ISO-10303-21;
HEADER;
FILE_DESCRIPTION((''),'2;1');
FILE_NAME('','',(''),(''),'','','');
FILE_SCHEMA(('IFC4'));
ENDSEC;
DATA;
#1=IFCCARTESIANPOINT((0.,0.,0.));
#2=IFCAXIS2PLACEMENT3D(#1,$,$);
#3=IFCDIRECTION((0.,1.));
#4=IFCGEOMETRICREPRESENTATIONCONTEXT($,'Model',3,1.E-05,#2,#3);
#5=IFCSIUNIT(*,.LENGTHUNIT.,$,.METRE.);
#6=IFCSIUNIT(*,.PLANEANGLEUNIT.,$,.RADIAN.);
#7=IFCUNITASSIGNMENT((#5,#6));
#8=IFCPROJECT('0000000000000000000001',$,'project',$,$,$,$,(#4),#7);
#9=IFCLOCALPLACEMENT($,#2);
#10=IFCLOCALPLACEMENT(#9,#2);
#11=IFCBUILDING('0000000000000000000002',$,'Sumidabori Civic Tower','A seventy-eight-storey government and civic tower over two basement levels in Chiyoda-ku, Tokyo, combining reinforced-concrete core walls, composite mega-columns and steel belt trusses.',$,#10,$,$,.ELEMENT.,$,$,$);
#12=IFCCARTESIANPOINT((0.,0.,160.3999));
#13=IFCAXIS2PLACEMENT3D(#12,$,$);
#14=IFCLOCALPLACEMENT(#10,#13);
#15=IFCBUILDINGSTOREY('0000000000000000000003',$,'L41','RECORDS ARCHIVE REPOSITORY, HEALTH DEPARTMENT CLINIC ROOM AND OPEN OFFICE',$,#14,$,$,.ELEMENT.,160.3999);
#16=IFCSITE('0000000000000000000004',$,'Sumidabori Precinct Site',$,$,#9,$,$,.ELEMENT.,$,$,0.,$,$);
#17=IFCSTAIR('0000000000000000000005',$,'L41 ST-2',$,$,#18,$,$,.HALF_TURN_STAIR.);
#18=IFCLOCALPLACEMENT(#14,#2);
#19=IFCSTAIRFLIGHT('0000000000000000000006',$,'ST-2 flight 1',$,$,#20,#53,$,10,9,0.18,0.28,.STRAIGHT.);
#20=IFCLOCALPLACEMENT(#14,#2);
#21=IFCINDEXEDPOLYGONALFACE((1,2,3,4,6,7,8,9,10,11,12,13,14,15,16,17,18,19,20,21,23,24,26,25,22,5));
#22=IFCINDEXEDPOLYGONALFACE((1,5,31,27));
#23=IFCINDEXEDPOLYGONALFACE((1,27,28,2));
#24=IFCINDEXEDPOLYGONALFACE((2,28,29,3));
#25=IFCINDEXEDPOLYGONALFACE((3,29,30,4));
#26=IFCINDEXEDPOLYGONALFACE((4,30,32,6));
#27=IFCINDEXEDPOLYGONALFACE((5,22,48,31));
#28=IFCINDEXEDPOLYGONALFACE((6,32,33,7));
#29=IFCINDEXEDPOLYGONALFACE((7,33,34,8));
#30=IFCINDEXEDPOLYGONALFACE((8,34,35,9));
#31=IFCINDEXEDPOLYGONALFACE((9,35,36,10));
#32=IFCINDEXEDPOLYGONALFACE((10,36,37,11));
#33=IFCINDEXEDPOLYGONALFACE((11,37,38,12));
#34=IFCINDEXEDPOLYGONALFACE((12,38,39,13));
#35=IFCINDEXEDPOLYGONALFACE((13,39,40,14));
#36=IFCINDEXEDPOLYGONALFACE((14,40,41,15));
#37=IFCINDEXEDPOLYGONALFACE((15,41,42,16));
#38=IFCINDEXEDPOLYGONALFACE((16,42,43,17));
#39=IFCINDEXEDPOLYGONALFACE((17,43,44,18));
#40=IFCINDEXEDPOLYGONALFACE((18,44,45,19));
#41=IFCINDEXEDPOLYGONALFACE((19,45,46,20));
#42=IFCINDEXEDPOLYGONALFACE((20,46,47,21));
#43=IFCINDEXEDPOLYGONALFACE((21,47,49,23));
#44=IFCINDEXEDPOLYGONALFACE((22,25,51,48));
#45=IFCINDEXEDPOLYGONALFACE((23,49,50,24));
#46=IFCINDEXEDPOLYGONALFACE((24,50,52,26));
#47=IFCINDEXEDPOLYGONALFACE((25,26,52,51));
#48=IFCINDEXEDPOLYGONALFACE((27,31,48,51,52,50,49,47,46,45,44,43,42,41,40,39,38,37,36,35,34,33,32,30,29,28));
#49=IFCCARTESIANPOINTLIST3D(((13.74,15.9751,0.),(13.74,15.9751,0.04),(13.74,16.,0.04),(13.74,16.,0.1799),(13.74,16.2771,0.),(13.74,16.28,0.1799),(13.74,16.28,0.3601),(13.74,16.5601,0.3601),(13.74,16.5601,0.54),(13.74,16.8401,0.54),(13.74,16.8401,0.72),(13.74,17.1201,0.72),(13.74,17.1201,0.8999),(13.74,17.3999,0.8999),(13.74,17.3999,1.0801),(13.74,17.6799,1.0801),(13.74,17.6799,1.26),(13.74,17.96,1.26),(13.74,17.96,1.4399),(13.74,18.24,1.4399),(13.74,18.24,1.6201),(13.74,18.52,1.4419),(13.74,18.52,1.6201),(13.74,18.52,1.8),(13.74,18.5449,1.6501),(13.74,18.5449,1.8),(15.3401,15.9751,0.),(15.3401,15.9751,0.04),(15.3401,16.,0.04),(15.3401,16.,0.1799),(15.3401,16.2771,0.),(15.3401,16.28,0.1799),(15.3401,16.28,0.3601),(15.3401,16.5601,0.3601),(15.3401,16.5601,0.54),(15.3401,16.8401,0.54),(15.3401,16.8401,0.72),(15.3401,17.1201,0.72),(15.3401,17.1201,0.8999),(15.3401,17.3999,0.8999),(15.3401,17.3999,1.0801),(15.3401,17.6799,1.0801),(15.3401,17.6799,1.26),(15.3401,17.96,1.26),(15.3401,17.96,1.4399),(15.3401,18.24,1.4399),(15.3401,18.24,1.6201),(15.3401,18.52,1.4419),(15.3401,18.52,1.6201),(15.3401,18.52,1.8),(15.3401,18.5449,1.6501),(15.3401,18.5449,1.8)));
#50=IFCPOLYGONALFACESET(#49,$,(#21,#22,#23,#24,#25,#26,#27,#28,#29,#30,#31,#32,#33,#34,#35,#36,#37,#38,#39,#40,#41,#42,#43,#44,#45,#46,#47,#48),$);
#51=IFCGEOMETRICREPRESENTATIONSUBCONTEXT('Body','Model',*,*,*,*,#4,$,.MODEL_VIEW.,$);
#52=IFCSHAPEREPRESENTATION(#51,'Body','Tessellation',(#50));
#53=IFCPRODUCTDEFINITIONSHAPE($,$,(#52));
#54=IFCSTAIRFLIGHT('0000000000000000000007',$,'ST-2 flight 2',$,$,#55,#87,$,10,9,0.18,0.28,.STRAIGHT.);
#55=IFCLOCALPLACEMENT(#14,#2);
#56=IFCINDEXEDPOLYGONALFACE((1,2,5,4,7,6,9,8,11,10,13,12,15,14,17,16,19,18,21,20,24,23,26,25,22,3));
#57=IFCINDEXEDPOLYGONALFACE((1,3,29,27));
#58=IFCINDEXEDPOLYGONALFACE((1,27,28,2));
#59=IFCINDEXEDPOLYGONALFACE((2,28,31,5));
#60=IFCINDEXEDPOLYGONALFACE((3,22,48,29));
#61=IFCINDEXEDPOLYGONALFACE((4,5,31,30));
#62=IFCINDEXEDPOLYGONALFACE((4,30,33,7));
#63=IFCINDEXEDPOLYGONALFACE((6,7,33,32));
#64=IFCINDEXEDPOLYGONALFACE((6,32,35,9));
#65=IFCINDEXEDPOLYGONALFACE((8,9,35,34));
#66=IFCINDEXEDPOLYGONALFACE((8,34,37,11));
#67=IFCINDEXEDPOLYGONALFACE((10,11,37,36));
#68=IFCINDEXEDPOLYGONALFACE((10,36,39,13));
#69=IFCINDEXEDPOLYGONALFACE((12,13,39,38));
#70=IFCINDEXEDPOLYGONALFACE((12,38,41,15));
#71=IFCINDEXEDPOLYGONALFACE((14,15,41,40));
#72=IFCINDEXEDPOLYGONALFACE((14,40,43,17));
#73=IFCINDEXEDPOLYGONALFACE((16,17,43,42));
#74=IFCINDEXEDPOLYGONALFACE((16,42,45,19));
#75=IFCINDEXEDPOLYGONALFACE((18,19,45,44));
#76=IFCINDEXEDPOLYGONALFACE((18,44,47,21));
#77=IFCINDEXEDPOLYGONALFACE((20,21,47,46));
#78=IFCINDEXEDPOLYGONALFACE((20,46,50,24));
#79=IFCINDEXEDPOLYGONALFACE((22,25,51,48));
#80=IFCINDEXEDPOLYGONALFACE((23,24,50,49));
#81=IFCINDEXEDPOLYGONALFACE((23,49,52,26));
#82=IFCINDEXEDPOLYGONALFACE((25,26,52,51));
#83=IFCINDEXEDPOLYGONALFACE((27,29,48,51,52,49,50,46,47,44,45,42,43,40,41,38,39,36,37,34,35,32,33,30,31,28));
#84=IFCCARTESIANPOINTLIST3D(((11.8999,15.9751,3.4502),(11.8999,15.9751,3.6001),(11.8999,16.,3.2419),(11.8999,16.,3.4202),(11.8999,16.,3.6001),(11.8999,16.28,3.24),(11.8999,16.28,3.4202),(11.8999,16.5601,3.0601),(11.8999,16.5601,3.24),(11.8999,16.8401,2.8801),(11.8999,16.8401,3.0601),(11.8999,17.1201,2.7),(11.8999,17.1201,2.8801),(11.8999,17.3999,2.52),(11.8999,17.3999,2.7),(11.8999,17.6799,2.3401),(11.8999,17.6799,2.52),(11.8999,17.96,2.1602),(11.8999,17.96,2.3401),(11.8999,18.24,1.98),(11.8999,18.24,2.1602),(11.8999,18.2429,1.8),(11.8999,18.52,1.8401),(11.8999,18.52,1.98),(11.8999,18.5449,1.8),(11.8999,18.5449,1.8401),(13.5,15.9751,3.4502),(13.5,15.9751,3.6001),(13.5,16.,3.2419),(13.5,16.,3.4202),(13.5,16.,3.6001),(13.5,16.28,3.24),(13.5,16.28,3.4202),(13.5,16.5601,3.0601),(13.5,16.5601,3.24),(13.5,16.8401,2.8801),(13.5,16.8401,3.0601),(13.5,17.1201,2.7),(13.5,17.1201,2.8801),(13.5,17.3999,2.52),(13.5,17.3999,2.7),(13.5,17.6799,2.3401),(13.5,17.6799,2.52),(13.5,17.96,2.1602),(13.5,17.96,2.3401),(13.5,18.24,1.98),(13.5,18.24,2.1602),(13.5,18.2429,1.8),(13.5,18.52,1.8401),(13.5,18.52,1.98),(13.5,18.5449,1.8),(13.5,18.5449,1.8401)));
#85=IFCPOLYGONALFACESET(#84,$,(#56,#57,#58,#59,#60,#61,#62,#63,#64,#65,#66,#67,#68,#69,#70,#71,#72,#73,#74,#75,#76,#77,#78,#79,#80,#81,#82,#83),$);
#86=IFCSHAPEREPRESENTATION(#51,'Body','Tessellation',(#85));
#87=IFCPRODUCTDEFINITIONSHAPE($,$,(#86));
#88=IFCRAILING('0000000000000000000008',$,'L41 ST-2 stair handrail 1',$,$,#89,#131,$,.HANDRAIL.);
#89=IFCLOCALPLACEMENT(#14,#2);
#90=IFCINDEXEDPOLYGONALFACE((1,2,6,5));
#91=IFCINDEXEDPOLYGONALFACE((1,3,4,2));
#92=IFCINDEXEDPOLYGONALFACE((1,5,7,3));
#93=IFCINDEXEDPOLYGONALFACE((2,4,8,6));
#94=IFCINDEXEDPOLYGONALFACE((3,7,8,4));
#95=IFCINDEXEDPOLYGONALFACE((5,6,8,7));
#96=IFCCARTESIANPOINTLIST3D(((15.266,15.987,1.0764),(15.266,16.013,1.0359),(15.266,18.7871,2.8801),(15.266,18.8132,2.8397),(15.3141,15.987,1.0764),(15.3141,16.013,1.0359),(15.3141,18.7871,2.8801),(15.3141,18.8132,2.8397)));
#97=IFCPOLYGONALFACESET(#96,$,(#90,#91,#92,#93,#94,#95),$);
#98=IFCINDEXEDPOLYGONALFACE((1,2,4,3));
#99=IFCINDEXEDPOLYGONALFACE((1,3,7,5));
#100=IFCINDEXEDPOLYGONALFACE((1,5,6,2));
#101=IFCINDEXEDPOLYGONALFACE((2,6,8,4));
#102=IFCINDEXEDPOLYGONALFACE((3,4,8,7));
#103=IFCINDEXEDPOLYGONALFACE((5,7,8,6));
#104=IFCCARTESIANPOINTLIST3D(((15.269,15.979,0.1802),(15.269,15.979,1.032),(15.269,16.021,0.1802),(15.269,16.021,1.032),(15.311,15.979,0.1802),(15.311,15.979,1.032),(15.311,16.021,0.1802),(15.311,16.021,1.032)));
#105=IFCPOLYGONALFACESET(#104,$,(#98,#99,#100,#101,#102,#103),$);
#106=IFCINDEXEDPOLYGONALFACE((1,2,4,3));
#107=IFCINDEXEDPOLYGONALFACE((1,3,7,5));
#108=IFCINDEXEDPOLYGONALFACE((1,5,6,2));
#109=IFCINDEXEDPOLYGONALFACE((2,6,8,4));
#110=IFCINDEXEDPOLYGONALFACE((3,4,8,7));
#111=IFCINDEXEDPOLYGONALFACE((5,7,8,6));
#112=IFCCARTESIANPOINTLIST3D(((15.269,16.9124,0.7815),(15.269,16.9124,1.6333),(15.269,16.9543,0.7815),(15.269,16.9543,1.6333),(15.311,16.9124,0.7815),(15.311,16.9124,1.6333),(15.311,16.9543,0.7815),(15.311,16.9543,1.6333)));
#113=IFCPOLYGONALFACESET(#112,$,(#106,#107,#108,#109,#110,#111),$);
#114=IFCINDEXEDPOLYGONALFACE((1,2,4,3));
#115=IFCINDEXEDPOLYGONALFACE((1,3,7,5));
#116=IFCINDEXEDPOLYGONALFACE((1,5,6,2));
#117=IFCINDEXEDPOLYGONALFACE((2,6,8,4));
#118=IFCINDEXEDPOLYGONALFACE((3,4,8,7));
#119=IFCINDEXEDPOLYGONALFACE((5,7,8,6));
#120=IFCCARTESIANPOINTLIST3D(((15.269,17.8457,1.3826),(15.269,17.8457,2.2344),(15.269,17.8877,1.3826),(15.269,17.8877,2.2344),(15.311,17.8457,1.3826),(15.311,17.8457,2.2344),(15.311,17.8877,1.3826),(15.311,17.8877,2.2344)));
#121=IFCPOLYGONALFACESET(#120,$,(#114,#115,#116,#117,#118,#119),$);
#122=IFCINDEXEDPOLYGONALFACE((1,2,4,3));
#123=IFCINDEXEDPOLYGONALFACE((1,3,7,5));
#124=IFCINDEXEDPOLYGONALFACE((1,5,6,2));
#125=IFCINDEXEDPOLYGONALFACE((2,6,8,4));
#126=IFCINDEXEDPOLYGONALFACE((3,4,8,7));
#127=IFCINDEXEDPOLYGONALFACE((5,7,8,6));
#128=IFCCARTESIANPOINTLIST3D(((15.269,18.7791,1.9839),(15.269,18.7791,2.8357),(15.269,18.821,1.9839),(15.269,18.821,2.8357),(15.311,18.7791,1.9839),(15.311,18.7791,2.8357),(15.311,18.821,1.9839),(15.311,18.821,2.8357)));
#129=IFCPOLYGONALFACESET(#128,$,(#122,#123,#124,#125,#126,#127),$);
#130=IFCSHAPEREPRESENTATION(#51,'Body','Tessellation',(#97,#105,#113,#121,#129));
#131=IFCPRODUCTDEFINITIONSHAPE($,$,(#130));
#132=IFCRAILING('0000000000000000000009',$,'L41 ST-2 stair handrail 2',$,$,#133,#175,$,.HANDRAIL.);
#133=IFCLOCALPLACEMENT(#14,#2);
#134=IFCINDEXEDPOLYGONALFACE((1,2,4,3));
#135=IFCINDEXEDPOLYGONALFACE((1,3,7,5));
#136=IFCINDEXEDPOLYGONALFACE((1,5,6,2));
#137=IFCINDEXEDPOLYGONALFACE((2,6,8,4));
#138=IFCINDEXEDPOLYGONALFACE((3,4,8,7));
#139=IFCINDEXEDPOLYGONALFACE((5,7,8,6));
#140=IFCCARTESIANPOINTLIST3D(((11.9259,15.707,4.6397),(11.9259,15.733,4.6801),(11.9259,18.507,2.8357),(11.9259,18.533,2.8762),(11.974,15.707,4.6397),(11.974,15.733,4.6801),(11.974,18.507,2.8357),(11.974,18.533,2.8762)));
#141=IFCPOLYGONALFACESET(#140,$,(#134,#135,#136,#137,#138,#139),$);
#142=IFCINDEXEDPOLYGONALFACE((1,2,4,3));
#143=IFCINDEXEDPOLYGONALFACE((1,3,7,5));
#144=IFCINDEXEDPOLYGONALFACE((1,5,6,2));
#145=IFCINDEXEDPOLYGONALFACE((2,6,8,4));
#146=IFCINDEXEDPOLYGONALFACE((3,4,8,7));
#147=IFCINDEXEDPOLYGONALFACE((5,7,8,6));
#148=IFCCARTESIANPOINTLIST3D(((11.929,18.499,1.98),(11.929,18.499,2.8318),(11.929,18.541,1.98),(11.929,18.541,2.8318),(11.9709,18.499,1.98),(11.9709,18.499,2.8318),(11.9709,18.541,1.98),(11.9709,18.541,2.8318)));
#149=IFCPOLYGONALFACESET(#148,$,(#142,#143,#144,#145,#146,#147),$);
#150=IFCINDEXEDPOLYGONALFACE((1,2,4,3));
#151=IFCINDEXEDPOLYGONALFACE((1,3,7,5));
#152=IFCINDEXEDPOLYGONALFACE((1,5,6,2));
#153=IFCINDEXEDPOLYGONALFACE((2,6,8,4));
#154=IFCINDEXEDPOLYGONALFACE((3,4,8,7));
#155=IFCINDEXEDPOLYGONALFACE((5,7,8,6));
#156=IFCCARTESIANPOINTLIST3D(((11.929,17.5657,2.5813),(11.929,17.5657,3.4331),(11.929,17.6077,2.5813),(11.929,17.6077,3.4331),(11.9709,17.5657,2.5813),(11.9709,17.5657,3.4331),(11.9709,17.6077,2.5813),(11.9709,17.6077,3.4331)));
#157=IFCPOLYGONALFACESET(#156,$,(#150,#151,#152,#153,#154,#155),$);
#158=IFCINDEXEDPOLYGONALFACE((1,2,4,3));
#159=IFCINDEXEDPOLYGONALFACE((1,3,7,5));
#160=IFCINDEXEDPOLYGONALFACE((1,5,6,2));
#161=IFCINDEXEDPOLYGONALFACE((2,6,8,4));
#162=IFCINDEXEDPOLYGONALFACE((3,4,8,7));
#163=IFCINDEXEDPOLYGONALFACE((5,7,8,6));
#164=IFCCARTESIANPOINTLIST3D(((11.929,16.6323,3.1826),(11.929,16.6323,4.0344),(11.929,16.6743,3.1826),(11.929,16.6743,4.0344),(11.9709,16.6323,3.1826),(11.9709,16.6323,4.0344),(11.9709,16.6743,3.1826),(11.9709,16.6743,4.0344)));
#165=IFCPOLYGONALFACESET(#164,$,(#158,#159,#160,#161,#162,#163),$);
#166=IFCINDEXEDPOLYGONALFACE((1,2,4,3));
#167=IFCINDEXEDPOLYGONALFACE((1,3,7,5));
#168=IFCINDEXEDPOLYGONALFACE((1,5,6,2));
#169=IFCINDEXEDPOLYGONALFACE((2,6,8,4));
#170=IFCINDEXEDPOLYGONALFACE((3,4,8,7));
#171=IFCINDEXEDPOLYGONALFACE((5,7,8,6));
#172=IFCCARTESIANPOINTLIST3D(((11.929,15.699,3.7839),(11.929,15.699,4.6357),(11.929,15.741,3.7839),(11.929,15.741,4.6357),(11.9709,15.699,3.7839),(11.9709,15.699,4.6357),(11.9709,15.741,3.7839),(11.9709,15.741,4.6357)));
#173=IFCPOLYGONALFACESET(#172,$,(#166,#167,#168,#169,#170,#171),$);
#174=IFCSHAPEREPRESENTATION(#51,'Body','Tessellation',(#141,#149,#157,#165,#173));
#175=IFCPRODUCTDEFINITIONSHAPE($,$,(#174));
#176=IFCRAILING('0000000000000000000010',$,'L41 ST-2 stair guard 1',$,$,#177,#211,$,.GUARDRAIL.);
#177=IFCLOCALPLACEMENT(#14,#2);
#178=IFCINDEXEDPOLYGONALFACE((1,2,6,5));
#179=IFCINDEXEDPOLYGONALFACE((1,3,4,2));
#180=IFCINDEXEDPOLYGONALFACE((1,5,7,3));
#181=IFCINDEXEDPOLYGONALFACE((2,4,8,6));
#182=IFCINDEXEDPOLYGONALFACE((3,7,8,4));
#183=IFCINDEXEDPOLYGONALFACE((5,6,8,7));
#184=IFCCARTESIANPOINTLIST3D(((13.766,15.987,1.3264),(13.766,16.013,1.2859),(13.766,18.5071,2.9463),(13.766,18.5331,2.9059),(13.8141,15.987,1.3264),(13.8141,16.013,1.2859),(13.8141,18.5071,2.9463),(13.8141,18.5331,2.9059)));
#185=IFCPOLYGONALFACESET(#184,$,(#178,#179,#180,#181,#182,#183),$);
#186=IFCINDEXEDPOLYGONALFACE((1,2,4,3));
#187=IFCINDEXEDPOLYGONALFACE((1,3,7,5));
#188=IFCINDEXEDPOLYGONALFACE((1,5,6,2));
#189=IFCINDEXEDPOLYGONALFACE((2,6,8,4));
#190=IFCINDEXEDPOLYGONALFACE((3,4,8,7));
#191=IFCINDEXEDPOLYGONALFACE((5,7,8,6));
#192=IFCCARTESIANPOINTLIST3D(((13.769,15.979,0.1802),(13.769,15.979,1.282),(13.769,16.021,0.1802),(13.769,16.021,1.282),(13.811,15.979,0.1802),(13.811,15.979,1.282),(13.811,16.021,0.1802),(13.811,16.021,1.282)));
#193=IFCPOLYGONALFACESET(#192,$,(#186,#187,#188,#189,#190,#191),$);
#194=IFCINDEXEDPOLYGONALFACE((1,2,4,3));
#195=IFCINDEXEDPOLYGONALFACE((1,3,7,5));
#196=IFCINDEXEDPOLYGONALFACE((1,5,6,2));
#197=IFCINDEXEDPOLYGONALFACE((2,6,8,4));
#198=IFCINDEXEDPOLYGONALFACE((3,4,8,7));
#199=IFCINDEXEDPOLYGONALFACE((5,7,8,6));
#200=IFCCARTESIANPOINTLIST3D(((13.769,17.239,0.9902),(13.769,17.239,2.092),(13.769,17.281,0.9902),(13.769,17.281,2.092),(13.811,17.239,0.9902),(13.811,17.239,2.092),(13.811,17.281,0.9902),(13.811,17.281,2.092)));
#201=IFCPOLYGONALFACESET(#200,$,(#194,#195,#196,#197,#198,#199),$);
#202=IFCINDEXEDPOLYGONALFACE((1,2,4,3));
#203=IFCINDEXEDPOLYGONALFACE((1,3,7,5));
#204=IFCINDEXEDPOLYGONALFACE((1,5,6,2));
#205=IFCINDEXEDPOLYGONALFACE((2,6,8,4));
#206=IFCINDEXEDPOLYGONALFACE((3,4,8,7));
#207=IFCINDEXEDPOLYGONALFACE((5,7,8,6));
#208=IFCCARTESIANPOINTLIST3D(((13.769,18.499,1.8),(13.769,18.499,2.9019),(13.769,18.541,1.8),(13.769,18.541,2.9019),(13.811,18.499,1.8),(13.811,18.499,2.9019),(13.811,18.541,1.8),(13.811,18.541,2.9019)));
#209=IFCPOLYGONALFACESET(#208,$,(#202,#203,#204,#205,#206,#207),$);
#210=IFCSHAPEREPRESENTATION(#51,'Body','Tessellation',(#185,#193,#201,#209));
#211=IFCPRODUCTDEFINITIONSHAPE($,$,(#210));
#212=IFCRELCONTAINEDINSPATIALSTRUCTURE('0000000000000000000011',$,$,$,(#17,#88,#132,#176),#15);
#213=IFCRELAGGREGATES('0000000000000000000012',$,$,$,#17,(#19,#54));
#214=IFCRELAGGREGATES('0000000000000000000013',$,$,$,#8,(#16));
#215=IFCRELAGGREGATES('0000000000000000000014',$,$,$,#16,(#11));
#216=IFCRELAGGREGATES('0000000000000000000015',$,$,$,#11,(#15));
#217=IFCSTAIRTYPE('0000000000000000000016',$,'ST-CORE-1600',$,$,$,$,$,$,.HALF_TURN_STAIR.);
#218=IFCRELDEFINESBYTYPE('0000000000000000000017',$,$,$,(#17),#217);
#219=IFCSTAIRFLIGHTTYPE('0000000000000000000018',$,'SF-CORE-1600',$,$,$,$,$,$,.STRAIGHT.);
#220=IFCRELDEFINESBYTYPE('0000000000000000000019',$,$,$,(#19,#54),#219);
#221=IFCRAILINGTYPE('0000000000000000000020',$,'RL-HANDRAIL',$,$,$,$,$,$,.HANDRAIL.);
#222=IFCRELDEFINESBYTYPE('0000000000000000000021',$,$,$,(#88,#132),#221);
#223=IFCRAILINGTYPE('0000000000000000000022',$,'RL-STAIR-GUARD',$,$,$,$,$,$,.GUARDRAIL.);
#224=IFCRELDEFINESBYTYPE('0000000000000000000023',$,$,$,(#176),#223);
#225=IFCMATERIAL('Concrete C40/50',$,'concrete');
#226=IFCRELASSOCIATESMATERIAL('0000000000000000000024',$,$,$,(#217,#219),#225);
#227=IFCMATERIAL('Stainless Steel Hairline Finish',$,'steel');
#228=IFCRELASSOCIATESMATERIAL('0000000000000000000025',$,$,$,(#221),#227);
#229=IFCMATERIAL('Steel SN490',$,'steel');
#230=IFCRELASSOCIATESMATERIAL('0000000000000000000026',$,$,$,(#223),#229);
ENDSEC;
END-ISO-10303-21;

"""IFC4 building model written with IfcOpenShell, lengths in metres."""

from ifc_helpers import new_model, si_unit, direction, frame, origin, origin_2d, place, context, subcontext, project, spatial, polyline, rectangle, outline, extrude, source, transform, mapped, material, type_object, element, aggregate, save


model = new_model("IFC4")

# Units and contexts
model_context = context("Model", 3, precision=1e-05, world=origin(), true_north=direction((0.0, 1.0)))
body_context = subcontext(model_context, "Body", "Model", "MODEL_VIEW")
ifc_project = project(units=[si_unit("LENGTHUNIT", "METRE"), si_unit("PLANEANGLEUNIT", "RADIAN")], contexts=[model_context])

# Site, building, storey
site_placement = place(None, origin())
site = spatial("IfcSite", under=ifc_project, at=site_placement, Name="Sumidabori Precinct Site", CompositionType="ELEMENT", RefElevation=0.0)
building_placement = place(site_placement, origin())
building = spatial("IfcBuilding", under=site, at=building_placement, Name="Sumidabori Civic Tower", Description="A seventy-eight-storey government and civic tower over two basement levels in Chiyoda-ku, Tokyo, combining reinforced-concrete core walls, composite mega-columns and steel belt trusses.", CompositionType="ELEMENT")
storey_placement = place(building_placement, frame((0.0, 0.0, 160.3999)))
storey = spatial("IfcBuildingStorey", under=building, at=storey_placement, Name="L41", Description="RECORDS ARCHIVE REPOSITORY, HEALTH DEPARTMENT CLINIC ROOM AND OPEN OFFICE", CompositionType="ELEMENT", Elevation=160.3999)

# Shared definitions
ifc_material_1 = material(Name="Steel SN490", Category="steel")

# Stair, stair flights
ifc_material_2 = material(Name="Concrete C40/50", Category="concrete")
stair_type = type_object("IfcStairType", Name="ST-CORE-1600", PredefinedType="HALF_TURN_STAIR", material=ifc_material_2)
stair_placement = place(storey_placement, origin())
stair = element("IfcStair", 1, at=stair_placement, inside=storey, type_object=stair_type, Name="L41 ST-2", PredefinedType="HALF_TURN_STAIR")
stair_flight_type = type_object("IfcStairFlightType", Name="SF-CORE-1600", PredefinedType="STRAIGHT", material=ifc_material_2)
shared_shape_1 = source(origin(), body_context, "Body", "SweptSolid", [
    extrude(outline(polyline([(-0.0249, 0.0), (-0.0249, 0.04), (0.0, 0.04), (0.0, 0.1799), (0.28, 0.1799), (0.28, 0.3601), (0.5601, 0.3601), (0.5601, 0.54), (0.8401, 0.54), (0.8401, 0.72), (1.1201, 0.72), (1.1201, 0.8999), (1.3999, 0.8999), (1.3999, 1.0801), (1.6799, 1.0801), (1.6799, 1.26), (1.96, 1.26), (1.96, 1.4399), (2.24, 1.4399), (2.24, 1.6201), (2.52, 1.6201), (2.52, 1.8), (2.5449, 1.8), (2.5449, 1.6501), (2.52, 1.4419), (0.2771, 0.0), (-0.0249, 0.0)])), frame((0.0, 0.8, 0.0), z_axis=(0.0, -1.0, 0.0), x_axis=(1.0, 0.0, 0.0)), (0.0, 0.0, 1.0), 1.6001),
])
stair_flight_1_placement = place(storey_placement, frame((14.54, 16.0, 0.0), z_axis=(0.0, 0.0, 1.0), x_axis=(0.0, 1.0, 0.0)))
stair_flight_1 = element("IfcStairFlight", 2, at=stair_flight_1_placement, type_object=stair_flight_type, Name="ST-2 flight 1", NumberOfRisers=10, NumberOfTreads=9, PredefinedType="STRAIGHT", RiserHeight=0.18, TreadLength=0.28, context=body_context, shape_type="MappedRepresentation", body=[
    mapped(shared_shape_1, transform((0.0, 0.0, 0.0), x_axis=(1.0, 0.0, 0.0), y_axis=(0.0, 1.0, 0.0), z_axis=(0.0, 0.0, 1.0), scale=1.0)),
])
stair_flight_2_placement = place(storey_placement, frame((12.7, 18.52, 1.8), z_axis=(0.0, 0.0, 1.0), x_axis=(0.0, -1.0, 0.0)))
stair_flight_2 = element("IfcStairFlight", 3, at=stair_flight_2_placement, type_object=stair_flight_type, Name="ST-2 flight 2", NumberOfRisers=10, NumberOfTreads=9, PredefinedType="STRAIGHT", RiserHeight=0.18, TreadLength=0.28, context=body_context, shape_type="MappedRepresentation", body=[
    mapped(shared_shape_1, transform((0.0, 0.0, 0.0), x_axis=(1.0, 0.0, 0.0), y_axis=(0.0, 1.0, 0.0), z_axis=(0.0, 0.0, 1.0), scale=1.0)),
])
aggregate(stair, [stair_flight_1, stair_flight_2])

# Railings
ifc_material_3 = material(Name="Stainless Steel Hairline Finish", Category="steel")
railing_type_1 = type_object("IfcRailingType", Name="RL-HANDRAIL", PredefinedType="HANDRAIL", material=ifc_material_3)
railing_1_placement = place(storey_placement, frame((15.29, 16.0, 0.1802)))
element("IfcRailing", 4, at=railing_1_placement, inside=storey, type_object=railing_type_1, Name="L41 ST-2 stair handrail 1", PredefinedType="HANDRAIL", context=body_context, shape_type="SweptSolid", body=[
    extrude(rectangle(XDim=0.0481, YDim=0.0481, at=origin_2d()), frame((0.0, 0.0, 0.876), z_axis=(0.0, 0.840676, 0.541539), x_axis=(-1.0, 0.0, 0.0)), (0.0, 0.0, 1.0), 3.3308),
    extrude(rectangle(XDim=0.042, YDim=0.042, at=origin_2d()), origin(), (0.0, 0.0, 1.0), 0.8518),
    extrude(rectangle(XDim=0.042, YDim=0.042, at=origin_2d()), frame((0.0, 0.9333, 0.6013)), (0.0, 0.0, 1.0), 0.8518),
    extrude(rectangle(XDim=0.042, YDim=0.042, at=origin_2d()), frame((0.0, 1.8667, 1.2024)), (0.0, 0.0, 1.0), 0.8518),
    extrude(rectangle(XDim=0.042, YDim=0.042, at=origin_2d()), frame((0.0, 2.8, 1.8037)), (0.0, 0.0, 1.0), 0.8518),
])
railing_2_placement = place(storey_placement, frame((11.95, 18.52, 1.98)))
element("IfcRailing", 5, at=railing_2_placement, inside=storey, type_object=railing_type_1, Name="L41 ST-2 stair handrail 2", PredefinedType="HANDRAIL", context=body_context, shape_type="SweptSolid", body=[
    extrude(rectangle(XDim=0.0481, YDim=0.0481, at=origin_2d()), frame((0.0, 0.0, 0.876), z_axis=(0.0, -0.840642, 0.541591), x_axis=(1.0, 0.0, 0.0)), (0.0, 0.0, 1.0), 3.3308),
    extrude(rectangle(XDim=0.042, YDim=0.042, at=origin_2d()), origin(), (0.0, 0.0, 1.0), 0.8518),
    extrude(rectangle(XDim=0.042, YDim=0.042, at=origin_2d()), frame((0.0, -0.9333, 0.6013)), (0.0, 0.0, 1.0), 0.8518),
    extrude(rectangle(XDim=0.042, YDim=0.042, at=origin_2d()), frame((0.0, -1.8667, 1.2026)), (0.0, 0.0, 1.0), 0.8518),
    extrude(rectangle(XDim=0.042, YDim=0.042, at=origin_2d()), frame((0.0, -2.8, 1.804)), (0.0, 0.0, 1.0), 0.8518),
])
railing_type_2 = type_object("IfcRailingType", Name="RL-STAIR-GUARD", PredefinedType="GUARDRAIL", material=ifc_material_1)
railing_3_placement = place(storey_placement, frame((13.79, 16.0, 0.1802)))
element("IfcRailing", 6, at=railing_3_placement, inside=storey, type_object=railing_type_2, Name="L41 ST-2 stair guard 1", PredefinedType="GUARDRAIL", context=body_context, shape_type="SweptSolid", body=[
    extrude(rectangle(XDim=0.0481, YDim=0.0481, at=origin_2d()), frame((0.0, 0.0, 1.126), z_axis=(0.0, 0.8412, 0.540725), x_axis=(-1.0, 0.0, 0.0)), (0.0, 0.0, 1.0), 2.9958),
    extrude(rectangle(XDim=0.042, YDim=0.042, at=origin_2d()), origin(), (0.0, 0.0, 1.0), 1.1018),
    extrude(rectangle(XDim=0.042, YDim=0.042, at=origin_2d()), frame((0.0, 1.26, 0.8101)), (0.0, 0.0, 1.0), 1.1018),
    extrude(rectangle(XDim=0.042, YDim=0.042, at=origin_2d()), frame((0.0, 2.52, 1.6199)), (0.0, 0.0, 1.0), 1.1018),
])

save(model, "model.ifc")
